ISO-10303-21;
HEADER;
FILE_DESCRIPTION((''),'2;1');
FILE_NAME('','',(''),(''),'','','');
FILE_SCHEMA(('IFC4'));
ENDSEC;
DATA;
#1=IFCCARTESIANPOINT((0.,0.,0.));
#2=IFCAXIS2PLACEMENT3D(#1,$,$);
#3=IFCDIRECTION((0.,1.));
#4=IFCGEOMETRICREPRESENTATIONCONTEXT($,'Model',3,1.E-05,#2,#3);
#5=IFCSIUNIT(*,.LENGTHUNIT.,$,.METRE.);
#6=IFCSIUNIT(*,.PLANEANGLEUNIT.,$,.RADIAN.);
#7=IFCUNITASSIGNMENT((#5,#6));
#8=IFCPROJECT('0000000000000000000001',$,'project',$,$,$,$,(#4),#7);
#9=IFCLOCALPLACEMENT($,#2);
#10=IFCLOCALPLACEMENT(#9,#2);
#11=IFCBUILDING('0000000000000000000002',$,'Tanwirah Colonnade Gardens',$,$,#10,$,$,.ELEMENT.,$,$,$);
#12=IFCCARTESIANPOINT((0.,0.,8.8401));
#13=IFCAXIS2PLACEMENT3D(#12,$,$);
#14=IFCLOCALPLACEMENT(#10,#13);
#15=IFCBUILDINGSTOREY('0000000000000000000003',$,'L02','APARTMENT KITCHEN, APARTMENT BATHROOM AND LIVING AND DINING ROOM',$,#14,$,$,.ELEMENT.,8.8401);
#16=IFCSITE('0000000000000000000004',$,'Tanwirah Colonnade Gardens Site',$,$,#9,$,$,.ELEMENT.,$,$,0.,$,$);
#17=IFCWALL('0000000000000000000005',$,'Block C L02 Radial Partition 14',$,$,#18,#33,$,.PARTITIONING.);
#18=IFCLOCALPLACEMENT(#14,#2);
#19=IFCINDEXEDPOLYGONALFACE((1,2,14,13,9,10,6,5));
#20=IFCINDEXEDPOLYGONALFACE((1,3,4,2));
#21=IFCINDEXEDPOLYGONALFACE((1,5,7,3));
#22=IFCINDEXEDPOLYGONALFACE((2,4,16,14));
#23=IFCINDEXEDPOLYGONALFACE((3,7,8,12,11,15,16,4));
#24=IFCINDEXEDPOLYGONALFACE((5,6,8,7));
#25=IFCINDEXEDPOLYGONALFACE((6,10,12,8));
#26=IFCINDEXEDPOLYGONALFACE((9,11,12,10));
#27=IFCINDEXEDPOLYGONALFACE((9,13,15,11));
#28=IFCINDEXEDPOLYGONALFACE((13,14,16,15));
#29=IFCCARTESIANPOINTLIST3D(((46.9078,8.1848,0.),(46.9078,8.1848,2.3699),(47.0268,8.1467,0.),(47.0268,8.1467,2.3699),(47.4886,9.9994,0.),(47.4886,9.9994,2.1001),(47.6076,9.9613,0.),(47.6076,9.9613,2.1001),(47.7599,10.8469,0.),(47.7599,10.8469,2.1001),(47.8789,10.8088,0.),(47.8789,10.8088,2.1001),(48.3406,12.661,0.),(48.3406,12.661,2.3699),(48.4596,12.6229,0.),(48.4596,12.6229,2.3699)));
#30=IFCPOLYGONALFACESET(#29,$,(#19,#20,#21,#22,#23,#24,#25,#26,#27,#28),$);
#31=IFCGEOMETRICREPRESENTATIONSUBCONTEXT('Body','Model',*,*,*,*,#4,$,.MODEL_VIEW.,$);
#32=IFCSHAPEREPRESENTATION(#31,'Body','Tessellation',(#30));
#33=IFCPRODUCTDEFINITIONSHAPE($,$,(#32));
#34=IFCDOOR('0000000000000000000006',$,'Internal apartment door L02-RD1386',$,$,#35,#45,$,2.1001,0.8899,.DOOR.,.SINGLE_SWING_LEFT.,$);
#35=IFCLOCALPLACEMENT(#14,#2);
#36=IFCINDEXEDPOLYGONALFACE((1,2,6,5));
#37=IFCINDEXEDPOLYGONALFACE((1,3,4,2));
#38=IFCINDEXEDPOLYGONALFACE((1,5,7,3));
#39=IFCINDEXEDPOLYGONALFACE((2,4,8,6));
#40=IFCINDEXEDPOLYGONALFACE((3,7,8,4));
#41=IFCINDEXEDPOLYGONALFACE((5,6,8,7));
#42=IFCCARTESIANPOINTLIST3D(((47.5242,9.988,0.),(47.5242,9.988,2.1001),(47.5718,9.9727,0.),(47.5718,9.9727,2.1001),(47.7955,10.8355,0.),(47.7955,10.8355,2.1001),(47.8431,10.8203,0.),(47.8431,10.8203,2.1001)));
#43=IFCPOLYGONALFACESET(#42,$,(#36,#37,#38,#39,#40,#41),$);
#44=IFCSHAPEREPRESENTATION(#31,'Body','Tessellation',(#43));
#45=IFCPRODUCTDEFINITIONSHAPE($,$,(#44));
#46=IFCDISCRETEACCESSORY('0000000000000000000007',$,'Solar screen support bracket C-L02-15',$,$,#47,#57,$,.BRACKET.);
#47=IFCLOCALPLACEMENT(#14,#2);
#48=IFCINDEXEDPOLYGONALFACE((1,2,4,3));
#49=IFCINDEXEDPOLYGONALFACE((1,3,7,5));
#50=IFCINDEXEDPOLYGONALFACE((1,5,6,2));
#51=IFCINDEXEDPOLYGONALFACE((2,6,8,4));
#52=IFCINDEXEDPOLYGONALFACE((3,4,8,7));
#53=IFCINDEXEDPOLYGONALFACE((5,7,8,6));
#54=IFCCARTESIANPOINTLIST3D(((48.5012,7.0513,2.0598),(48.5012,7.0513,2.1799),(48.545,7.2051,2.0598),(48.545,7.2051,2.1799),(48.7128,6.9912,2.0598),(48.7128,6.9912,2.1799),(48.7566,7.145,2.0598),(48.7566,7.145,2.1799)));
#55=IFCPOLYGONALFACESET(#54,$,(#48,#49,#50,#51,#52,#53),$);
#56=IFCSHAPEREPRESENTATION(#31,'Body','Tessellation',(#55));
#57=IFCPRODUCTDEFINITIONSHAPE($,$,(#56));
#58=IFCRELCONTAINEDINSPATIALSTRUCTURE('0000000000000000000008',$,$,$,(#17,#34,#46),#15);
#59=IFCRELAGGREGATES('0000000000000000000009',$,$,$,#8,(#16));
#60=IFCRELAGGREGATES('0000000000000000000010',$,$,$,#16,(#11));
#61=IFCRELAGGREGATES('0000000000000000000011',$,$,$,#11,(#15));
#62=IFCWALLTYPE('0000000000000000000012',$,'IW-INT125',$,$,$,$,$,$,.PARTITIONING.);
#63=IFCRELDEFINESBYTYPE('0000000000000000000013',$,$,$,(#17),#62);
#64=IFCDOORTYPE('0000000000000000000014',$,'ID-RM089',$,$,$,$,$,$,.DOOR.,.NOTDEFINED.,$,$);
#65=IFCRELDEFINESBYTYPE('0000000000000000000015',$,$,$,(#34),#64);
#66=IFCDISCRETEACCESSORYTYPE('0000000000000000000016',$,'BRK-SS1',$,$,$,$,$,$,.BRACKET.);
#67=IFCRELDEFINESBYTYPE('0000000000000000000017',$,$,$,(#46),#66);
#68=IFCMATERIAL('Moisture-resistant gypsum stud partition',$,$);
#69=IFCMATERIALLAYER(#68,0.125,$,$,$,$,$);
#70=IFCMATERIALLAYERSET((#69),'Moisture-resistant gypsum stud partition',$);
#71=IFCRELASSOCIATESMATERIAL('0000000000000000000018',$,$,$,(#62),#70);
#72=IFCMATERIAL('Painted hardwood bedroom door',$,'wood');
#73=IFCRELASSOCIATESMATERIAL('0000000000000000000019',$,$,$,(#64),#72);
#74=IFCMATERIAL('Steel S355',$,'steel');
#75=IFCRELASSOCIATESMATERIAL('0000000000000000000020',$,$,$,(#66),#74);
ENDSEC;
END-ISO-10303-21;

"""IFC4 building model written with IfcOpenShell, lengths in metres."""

from ifc_helpers import new_model, si_unit, direction, frame, frame_2d, origin, origin_2d, place, context, subcontext, project, spatial, rectangle, extrude, material, layer, layer_set, type_object, element, fill, save


model = new_model("IFC4")

# Units and contexts
model_context = context("Model", 3, precision=1e-05, world=origin(), true_north=direction((0.0, 1.0)))
body_context = subcontext(model_context, "Body", "Model", "MODEL_VIEW")
ifc_project = project(units=[si_unit("LENGTHUNIT", "METRE"), si_unit("PLANEANGLEUNIT", "RADIAN")], contexts=[model_context])

# Site, building, storey
site_placement = place(None, origin())
site = spatial("IfcSite", under=ifc_project, at=site_placement, Name="Tanwirah Colonnade Gardens Site", CompositionType="ELEMENT", RefElevation=0.0)
building_placement = place(site_placement, origin())
building = spatial("IfcBuilding", under=site, at=building_placement, Name="Tanwirah Colonnade Gardens", CompositionType="ELEMENT")
storey_placement = place(building_placement, frame((0.0, 0.0, 8.8401)))
storey = spatial("IfcBuildingStorey", under=building, at=storey_placement, Name="L02", Description="APARTMENT KITCHEN, APARTMENT BATHROOM AND LIVING AND DINING ROOM", CompositionType="ELEMENT", Elevation=8.8401)

# Wall, opening, door
ifc_material_1 = material(Name="Moisture-resistant gypsum stud partition")
ifc_layer_1 = layer(ifc_material_1, 0.125)
ifc_layer_set_1 = layer_set([ifc_layer_1], Name="Moisture-resistant gypsum stud partition")
wall_type_1 = type_object("IfcWallType", Name="IW-INT125", PredefinedType="PARTITIONING", material=ifc_layer_set_1)
wall_1_placement = place(storey_placement, frame((48.4001, 12.6421, 0.0), z_axis=(0.0, 0.0, 1.0), x_axis=(-0.304861, -0.952397, 0.0)))
wall_1 = element("IfcWall", 1, at=wall_1_placement, inside=storey, type_object=wall_type_1, Name="Block C L02 Radial Partition 14", PredefinedType="PARTITIONING", context=body_context, shape_type="SweptSolid", body=[
    extrude(rectangle(XDim=4.7, YDim=0.125, at=frame_2d((2.3501, 0.0))), origin(), (0.0, 0.0, 1.0), 2.3699),
])
opening_1_placement = place(wall_1_placement, frame((1.905, 0.0, 0.0)))
opening_1 = element("IfcOpeningElement", 2, at=opening_1_placement, cuts=wall_1, PredefinedType="OPENING", context=body_context, shape_type="SweptSolid", body=[
    extrude(rectangle(XDim=0.8899, YDim=2.1001, at=frame_2d((0.4448, 1.05))), frame((0.0, 0.0725, 0.0), z_axis=(0.0, -1.0, 0.0), x_axis=(1.0, 0.0, 0.0)), (0.0, 0.0, 1.0), 0.145),
])
ifc_material_2 = material(Name="Painted hardwood bedroom door", Category="wood")
door_type_1 = type_object("IfcDoorType", Name="ID-RM089", OperationType="NOTDEFINED", PredefinedType="DOOR", material=ifc_material_2)
door_1_placement = place(opening_1_placement, origin())
door_1 = element("IfcDoor", 3, at=door_1_placement, inside=storey, type_object=door_type_1, Name="Internal apartment door L02-RD1386", OperationType="SINGLE_SWING_LEFT", OverallHeight=2.1001, OverallWidth=0.8899, PredefinedType="DOOR", context=body_context, shape_type="SweptSolid", body=[
    extrude(rectangle(XDim=0.8899, YDim=2.1001, at=frame_2d((0.4448, 1.05))), frame((0.0, 0.0249, 0.0), z_axis=(0.0, -1.0, 0.0), x_axis=(1.0, 0.0, 0.0)), (0.0, 0.0, 1.0), 0.05),
])
fill(opening_1, door_1)

# Discrete accessory
ifc_material_3 = material(Name="Steel S355", Category="steel")
discrete_accessory_type = type_object("IfcDiscreteAccessoryType", Name="BRK-SS1", PredefinedType="BRACKET", material=ifc_material_3)
discrete_accessory_placement = place(storey_placement, frame((48.6289, 7.0981, 2.0598), z_axis=(0.0, 0.0, 1.0), x_axis=(0.961861, -0.273539, 0.0)))
element("IfcDiscreteAccessory", 4, at=discrete_accessory_placement, inside=storey, type_object=discrete_accessory_type, Name="Solar screen support bracket C-L02-15", PredefinedType="BRACKET", context=body_context, shape_type="SweptSolid", body=[
    extrude(rectangle(XDim=0.22, YDim=0.1599, at=origin_2d()), origin(), (0.0, 0.0, 1.0), 0.1201),
])

save(model, "model.ifc")
